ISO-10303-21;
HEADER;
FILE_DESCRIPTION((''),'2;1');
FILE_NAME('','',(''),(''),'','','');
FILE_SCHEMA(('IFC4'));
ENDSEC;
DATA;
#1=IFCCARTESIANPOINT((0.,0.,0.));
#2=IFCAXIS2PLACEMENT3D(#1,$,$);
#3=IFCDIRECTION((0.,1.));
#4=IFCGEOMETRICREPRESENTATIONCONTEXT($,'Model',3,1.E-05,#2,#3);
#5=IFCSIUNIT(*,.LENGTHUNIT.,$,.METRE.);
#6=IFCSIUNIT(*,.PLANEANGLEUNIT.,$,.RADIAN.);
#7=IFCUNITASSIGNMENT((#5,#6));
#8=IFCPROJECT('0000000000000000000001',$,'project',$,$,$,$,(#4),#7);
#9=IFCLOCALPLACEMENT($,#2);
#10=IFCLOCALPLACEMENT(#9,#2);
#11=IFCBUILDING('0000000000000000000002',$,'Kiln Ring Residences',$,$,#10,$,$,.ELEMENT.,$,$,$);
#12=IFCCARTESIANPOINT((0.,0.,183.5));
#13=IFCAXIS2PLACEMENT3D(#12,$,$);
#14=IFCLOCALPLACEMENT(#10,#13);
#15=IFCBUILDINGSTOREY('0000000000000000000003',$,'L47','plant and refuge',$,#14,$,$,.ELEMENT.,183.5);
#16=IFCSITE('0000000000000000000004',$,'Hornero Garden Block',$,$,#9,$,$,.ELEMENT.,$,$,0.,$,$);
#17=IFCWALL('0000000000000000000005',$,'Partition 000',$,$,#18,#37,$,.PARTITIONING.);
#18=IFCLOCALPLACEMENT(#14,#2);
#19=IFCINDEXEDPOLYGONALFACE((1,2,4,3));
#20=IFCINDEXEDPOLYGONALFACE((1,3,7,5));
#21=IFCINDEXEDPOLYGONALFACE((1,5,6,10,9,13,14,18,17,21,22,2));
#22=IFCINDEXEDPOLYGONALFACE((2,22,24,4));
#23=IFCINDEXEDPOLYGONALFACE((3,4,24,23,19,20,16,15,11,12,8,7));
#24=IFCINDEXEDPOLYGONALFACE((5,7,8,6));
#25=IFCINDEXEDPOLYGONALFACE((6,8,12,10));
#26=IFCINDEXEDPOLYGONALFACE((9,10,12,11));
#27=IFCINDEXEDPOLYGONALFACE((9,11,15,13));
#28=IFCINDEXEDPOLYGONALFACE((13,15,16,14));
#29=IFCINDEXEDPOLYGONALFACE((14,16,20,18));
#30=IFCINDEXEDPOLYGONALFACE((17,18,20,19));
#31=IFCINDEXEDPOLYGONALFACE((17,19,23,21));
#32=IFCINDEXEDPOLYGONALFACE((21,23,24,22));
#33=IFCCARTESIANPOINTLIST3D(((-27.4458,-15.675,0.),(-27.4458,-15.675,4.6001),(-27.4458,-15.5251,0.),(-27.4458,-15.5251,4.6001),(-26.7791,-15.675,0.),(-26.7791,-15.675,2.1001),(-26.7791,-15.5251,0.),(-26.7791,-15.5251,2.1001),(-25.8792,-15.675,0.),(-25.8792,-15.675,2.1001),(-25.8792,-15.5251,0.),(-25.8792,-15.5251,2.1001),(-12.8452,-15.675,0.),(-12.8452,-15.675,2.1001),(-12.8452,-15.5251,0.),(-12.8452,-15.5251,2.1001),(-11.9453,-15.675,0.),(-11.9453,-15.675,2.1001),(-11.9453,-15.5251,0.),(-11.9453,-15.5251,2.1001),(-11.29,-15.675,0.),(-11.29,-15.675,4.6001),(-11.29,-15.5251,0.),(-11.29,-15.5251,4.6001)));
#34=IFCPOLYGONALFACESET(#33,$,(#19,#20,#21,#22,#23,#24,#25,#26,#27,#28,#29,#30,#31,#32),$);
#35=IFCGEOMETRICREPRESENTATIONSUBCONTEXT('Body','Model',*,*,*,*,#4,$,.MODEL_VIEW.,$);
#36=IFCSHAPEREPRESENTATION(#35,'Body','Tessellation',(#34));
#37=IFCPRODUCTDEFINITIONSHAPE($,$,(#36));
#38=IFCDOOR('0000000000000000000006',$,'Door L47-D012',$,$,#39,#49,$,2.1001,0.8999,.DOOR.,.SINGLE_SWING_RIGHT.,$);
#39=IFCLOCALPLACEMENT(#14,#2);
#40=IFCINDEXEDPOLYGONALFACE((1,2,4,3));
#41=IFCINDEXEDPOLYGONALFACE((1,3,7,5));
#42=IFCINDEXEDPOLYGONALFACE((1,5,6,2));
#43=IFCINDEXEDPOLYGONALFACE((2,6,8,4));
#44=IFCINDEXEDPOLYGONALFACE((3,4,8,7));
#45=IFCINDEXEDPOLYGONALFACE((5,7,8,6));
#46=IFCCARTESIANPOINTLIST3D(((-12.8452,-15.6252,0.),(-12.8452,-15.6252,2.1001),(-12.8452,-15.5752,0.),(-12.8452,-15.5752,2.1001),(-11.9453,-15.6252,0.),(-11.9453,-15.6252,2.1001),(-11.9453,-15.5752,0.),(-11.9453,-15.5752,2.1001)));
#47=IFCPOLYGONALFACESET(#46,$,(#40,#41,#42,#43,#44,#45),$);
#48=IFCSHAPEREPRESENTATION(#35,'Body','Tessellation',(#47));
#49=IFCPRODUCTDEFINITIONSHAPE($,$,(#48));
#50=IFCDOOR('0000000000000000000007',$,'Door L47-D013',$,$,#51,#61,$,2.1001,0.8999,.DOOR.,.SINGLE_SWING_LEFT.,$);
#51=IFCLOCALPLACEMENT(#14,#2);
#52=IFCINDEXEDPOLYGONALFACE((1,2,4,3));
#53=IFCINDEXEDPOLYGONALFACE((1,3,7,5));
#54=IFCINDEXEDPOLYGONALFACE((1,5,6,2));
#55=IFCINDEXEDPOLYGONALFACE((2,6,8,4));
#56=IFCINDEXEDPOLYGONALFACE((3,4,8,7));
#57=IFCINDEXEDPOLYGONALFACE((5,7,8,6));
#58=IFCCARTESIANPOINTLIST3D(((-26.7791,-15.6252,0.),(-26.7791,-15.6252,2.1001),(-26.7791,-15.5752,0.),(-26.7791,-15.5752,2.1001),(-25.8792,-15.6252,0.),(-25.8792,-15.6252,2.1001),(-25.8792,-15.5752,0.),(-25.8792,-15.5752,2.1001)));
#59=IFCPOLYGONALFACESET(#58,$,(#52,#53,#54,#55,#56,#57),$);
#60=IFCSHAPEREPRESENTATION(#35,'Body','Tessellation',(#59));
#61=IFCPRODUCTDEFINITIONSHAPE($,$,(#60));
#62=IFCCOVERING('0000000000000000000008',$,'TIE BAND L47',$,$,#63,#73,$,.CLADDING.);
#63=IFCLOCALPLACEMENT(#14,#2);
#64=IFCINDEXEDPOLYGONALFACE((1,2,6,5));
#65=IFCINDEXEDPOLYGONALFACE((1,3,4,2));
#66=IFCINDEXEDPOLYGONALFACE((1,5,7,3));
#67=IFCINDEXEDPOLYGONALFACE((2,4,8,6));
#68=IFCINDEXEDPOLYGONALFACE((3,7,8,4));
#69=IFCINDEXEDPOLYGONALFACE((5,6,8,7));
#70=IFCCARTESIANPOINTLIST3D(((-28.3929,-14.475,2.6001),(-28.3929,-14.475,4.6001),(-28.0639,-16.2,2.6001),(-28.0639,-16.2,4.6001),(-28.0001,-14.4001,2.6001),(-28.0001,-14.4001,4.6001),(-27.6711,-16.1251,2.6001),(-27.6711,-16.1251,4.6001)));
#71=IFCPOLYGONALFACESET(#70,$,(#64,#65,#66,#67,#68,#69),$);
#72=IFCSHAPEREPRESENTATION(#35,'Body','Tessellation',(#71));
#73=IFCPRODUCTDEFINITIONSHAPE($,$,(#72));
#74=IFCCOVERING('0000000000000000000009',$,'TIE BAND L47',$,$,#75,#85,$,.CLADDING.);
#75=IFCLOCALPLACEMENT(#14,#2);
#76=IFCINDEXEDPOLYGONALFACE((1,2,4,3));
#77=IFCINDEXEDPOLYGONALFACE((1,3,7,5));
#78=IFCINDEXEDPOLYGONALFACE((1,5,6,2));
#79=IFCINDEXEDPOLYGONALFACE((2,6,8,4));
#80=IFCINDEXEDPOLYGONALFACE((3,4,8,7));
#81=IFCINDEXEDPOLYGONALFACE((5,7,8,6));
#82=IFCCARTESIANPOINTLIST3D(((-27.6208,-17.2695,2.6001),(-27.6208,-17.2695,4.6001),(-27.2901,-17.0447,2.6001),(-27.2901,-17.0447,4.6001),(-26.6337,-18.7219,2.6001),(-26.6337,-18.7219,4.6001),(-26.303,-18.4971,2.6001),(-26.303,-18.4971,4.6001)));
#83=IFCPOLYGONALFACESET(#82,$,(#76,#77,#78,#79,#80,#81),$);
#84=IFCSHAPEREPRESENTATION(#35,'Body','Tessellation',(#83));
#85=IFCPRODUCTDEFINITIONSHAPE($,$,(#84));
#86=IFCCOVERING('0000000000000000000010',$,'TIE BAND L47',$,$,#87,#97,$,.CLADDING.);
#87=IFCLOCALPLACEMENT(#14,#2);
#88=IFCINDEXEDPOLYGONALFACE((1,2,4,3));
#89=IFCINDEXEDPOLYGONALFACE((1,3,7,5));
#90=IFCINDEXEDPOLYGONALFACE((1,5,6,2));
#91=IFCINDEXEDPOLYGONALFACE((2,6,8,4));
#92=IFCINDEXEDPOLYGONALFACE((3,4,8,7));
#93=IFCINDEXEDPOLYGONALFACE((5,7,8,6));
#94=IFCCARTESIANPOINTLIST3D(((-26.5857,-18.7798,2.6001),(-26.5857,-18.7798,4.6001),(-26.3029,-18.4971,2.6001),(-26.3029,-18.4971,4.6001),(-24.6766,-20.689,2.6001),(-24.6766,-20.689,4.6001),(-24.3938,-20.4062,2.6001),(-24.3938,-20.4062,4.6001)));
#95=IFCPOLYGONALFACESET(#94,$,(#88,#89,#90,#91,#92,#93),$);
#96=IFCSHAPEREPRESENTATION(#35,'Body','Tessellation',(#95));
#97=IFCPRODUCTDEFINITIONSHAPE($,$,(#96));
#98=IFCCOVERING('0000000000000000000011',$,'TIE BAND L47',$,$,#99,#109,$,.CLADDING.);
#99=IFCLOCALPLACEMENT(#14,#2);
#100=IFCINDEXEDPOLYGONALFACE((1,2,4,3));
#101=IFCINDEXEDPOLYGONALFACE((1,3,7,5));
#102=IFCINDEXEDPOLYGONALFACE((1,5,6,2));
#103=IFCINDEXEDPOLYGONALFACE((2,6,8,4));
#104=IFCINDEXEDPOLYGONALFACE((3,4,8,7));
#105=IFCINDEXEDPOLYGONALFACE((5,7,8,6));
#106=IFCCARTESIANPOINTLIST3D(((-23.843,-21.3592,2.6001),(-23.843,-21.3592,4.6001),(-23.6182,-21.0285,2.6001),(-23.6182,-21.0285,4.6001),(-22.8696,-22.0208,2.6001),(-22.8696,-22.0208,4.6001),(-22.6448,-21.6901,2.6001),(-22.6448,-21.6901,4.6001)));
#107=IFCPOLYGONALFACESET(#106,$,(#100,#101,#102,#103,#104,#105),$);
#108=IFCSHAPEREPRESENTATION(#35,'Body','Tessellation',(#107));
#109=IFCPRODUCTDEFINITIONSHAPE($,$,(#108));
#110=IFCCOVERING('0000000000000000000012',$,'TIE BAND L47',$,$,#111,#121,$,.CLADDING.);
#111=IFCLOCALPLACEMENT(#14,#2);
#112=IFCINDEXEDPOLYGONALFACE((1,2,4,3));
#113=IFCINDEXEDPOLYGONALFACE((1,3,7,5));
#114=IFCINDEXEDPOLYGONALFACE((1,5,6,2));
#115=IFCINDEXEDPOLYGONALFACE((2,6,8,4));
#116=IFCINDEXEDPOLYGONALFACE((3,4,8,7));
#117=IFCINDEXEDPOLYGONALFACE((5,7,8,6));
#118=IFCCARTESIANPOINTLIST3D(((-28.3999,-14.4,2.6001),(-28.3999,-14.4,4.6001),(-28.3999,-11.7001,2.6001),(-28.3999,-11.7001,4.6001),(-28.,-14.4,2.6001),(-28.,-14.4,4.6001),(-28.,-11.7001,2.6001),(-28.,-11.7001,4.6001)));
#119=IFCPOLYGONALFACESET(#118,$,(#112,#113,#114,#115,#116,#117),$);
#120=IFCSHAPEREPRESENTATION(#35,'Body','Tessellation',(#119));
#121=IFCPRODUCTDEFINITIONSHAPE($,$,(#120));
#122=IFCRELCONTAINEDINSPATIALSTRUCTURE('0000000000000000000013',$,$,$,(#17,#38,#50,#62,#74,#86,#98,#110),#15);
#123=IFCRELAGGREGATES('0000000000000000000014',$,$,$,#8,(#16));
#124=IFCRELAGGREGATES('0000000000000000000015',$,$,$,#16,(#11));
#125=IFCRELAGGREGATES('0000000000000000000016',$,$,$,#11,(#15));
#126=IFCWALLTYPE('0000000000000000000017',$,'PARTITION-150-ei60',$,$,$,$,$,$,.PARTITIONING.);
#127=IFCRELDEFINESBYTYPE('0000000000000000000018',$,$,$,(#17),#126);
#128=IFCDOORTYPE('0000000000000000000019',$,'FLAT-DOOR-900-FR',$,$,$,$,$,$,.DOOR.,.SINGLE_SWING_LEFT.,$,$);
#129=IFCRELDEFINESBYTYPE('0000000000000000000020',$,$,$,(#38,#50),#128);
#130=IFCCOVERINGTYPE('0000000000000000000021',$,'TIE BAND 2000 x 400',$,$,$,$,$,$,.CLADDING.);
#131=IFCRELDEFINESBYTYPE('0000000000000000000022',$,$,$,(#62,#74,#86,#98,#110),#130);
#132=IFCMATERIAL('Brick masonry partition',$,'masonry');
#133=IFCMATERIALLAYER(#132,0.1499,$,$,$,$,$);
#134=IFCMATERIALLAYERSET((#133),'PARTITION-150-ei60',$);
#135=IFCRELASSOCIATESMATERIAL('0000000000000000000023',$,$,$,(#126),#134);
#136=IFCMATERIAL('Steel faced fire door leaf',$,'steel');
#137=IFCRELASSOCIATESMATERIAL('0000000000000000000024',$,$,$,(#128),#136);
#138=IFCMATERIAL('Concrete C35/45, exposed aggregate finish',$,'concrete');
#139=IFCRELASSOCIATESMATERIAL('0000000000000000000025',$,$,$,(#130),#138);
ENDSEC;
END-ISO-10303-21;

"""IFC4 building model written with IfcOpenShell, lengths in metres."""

from ifc_helpers import new_model, si_unit, direction, frame, frame_2d, origin, origin_2d, place, context, subcontext, project, spatial, rectangle, extrude, material, layer, layer_set, type_object, element, fill, save


model = new_model("IFC4")

# Units and contexts
model_context = context("Model", 3, precision=1e-05, world=origin(), true_north=direction((0.0, 1.0)))
body_context = subcontext(model_context, "Body", "Model", "MODEL_VIEW")
ifc_project = project(units=[si_unit("LENGTHUNIT", "METRE"), si_unit("PLANEANGLEUNIT", "RADIAN")], contexts=[model_context])

# Site, building, storey
site_placement = place(None, origin())
site = spatial("IfcSite", under=ifc_project, at=site_placement, Name="Hornero Garden Block", CompositionType="ELEMENT", RefElevation=0.0)
building_placement = place(site_placement, origin())
building = spatial("IfcBuilding", under=site, at=building_placement, Name="Kiln Ring Residences", CompositionType="ELEMENT")
storey_placement = place(building_placement, frame((0.0, 0.0, 183.5)))
storey = spatial("IfcBuildingStorey", under=building, at=storey_placement, Name="L47", Description="plant and refuge", CompositionType="ELEMENT", Elevation=183.5)

# Wall, openings, doors
ifc_material_1 = material(Name="Brick masonry partition", Category="masonry")
ifc_layer_1 = layer(ifc_material_1, 0.1499)
ifc_layer_set_1 = layer_set([ifc_layer_1], Name="PARTITION-150-ei60")
wall_type_1 = type_object("IfcWallType", Name="PARTITION-150-ei60", PredefinedType="PARTITIONING", material=ifc_layer_set_1)
wall_1_placement = place(storey_placement, frame((-27.4458, -15.6001, 0.0), z_axis=(0.0, 0.0, 1.0), x_axis=(1.0, 0.0, 0.0)))
wall_1 = element("IfcWall", 1, at=wall_1_placement, inside=storey, type_object=wall_type_1, Name="Partition 000", PredefinedType="PARTITIONING", context=body_context, shape_type="SweptSolid", body=[
    extrude(rectangle(XDim=16.1558, YDim=0.1499, at=frame_2d((8.0779, 0.0))), origin(), (0.0, 0.0, 1.0), 4.6001),
])
opening_1_placement = place(wall_1_placement, frame((14.6006, 0.0, 0.0)))
opening_1 = element("IfcOpeningElement", 2, at=opening_1_placement, cuts=wall_1, PredefinedType="OPENING", context=body_context, shape_type="SweptSolid", body=[
    extrude(rectangle(XDim=0.8999, YDim=2.1001, at=frame_2d((0.45, 1.05))), frame((0.0, 0.085, 0.0), z_axis=(0.0, -1.0, 0.0), x_axis=(1.0, 0.0, 0.0)), (0.0, 0.0, 1.0), 0.1699),
])
opening_2_placement = place(wall_1_placement, frame((0.6667, 0.0, 0.0)))
opening_2 = element("IfcOpeningElement", 3, at=opening_2_placement, cuts=wall_1, PredefinedType="OPENING", context=body_context, shape_type="SweptSolid", body=[
    extrude(rectangle(XDim=0.8999, YDim=2.1001, at=frame_2d((0.45, 1.05))), frame((0.0, 0.085, 0.0), z_axis=(0.0, -1.0, 0.0), x_axis=(1.0, 0.0, 0.0)), (0.0, 0.0, 1.0), 0.1699),
])
ifc_material_2 = material(Name="Steel faced fire door leaf", Category="steel")
door_type_1 = type_object("IfcDoorType", Name="FLAT-DOOR-900-FR", OperationType="SINGLE_SWING_LEFT", PredefinedType="DOOR", material=ifc_material_2)
door_1_placement = place(opening_1_placement, origin())
door_1 = element("IfcDoor", 4, at=door_1_placement, inside=storey, type_object=door_type_1, Name="Door L47-D012", OperationType="SINGLE_SWING_RIGHT", OverallHeight=2.1001, OverallWidth=0.8999, PredefinedType="DOOR", context=body_context, shape_type="SweptSolid", body=[
    extrude(rectangle(XDim=0.8999, YDim=2.1001, at=frame_2d((0.45, 1.05))), frame((0.0, 0.0249, 0.0), z_axis=(0.0, -1.0, 0.0), x_axis=(1.0, 0.0, 0.0)), (0.0, 0.0, 1.0), 0.05),
])
fill(opening_1, door_1)
door_2_placement = place(opening_2_placement, origin())
door_2 = element("IfcDoor", 5, at=door_2_placement, inside=storey, type_object=door_type_1, Name="Door L47-D013", OperationType="SINGLE_SWING_LEFT", OverallHeight=2.1001, OverallWidth=0.8999, PredefinedType="DOOR", context=body_context, shape_type="SweptSolid", body=[
    extrude(rectangle(XDim=0.8999, YDim=2.1001, at=frame_2d((0.45, 1.05))), frame((0.0, 0.0249, 0.0), z_axis=(0.0, -1.0, 0.0), x_axis=(1.0, 0.0, 0.0)), (0.0, 0.0, 1.0), 0.05),
])
fill(opening_2, door_2)

# Coverings
ifc_material_3 = material(Name="Concrete C35/45, exposed aggregate finish", Category="concrete")
covering_type = type_object("IfcCoveringType", Name="TIE BAND 2000 x 400", PredefinedType="CLADDING", material=ifc_material_3)
for number, where, z_axis, x_axis, name in (
    (6, (-28.032, -15.3, 2.6001), (0.0, 0.0, 1.0), (0.187366, -0.98229, 0.0), "TIE BAND L47"),
    (7, (-26.9619, -17.8833, 2.6001), (0.0, 0.0, 1.0), (0.562097, -0.827072, 0.0), "TIE BAND L47"),
):
    element("IfcCovering", number, at=place(storey_placement, frame(where, z_axis=z_axis, x_axis=x_axis)), inside=storey, type_object=covering_type, Name=name, PredefinedType="CLADDING", context=body_context, shape_type="SweptSolid", body=[
        extrude(rectangle(XDim=1.7561, YDim=0.3999, at=origin_2d()), origin(), (0.0, 0.0, 1.0), 2.0),
    ])
covering_1_placement = place(storey_placement, frame((-25.4897, -19.593, 2.6001), z_axis=(0.0, 0.0, 1.0), x_axis=(0.707107, -0.707107, 0.0)))
element("IfcCovering", 8, at=covering_1_placement, inside=storey, type_object=covering_type, Name="TIE BAND L47", PredefinedType="CLADDING", context=body_context, shape_type="SweptSolid", body=[
    extrude(rectangle(XDim=2.7, YDim=0.3999, at=origin_2d()), origin(), (0.0, 0.0, 1.0), 2.0),
])
covering_2_placement = place(storey_placement, frame((-23.2439, -21.5247, 2.6001), z_axis=(0.0, 0.0, 1.0), x_axis=(0.827072, -0.562097, 0.0)))
element("IfcCovering", 9, at=covering_2_placement, inside=storey, type_object=covering_type, Name="TIE BAND L47", PredefinedType="CLADDING", context=body_context, shape_type="SweptSolid", body=[
    extrude(rectangle(XDim=1.177, YDim=0.3999, at=origin_2d()), origin(), (0.0, 0.0, 1.0), 2.0),
])
covering_3_placement = place(storey_placement, frame((-28.2, -13.05, 2.6001), z_axis=(0.0, 0.0, 1.0), x_axis=(0.0, -1.0, 0.0)))
element("IfcCovering", 10, at=covering_3_placement, inside=storey, type_object=covering_type, Name="TIE BAND L47", PredefinedType="CLADDING", context=body_context, shape_type="SweptSolid", body=[
    extrude(rectangle(XDim=2.7, YDim=0.3999, at=origin_2d()), origin(), (0.0, 0.0, 1.0), 2.0),
])

save(model, "model.ifc")
